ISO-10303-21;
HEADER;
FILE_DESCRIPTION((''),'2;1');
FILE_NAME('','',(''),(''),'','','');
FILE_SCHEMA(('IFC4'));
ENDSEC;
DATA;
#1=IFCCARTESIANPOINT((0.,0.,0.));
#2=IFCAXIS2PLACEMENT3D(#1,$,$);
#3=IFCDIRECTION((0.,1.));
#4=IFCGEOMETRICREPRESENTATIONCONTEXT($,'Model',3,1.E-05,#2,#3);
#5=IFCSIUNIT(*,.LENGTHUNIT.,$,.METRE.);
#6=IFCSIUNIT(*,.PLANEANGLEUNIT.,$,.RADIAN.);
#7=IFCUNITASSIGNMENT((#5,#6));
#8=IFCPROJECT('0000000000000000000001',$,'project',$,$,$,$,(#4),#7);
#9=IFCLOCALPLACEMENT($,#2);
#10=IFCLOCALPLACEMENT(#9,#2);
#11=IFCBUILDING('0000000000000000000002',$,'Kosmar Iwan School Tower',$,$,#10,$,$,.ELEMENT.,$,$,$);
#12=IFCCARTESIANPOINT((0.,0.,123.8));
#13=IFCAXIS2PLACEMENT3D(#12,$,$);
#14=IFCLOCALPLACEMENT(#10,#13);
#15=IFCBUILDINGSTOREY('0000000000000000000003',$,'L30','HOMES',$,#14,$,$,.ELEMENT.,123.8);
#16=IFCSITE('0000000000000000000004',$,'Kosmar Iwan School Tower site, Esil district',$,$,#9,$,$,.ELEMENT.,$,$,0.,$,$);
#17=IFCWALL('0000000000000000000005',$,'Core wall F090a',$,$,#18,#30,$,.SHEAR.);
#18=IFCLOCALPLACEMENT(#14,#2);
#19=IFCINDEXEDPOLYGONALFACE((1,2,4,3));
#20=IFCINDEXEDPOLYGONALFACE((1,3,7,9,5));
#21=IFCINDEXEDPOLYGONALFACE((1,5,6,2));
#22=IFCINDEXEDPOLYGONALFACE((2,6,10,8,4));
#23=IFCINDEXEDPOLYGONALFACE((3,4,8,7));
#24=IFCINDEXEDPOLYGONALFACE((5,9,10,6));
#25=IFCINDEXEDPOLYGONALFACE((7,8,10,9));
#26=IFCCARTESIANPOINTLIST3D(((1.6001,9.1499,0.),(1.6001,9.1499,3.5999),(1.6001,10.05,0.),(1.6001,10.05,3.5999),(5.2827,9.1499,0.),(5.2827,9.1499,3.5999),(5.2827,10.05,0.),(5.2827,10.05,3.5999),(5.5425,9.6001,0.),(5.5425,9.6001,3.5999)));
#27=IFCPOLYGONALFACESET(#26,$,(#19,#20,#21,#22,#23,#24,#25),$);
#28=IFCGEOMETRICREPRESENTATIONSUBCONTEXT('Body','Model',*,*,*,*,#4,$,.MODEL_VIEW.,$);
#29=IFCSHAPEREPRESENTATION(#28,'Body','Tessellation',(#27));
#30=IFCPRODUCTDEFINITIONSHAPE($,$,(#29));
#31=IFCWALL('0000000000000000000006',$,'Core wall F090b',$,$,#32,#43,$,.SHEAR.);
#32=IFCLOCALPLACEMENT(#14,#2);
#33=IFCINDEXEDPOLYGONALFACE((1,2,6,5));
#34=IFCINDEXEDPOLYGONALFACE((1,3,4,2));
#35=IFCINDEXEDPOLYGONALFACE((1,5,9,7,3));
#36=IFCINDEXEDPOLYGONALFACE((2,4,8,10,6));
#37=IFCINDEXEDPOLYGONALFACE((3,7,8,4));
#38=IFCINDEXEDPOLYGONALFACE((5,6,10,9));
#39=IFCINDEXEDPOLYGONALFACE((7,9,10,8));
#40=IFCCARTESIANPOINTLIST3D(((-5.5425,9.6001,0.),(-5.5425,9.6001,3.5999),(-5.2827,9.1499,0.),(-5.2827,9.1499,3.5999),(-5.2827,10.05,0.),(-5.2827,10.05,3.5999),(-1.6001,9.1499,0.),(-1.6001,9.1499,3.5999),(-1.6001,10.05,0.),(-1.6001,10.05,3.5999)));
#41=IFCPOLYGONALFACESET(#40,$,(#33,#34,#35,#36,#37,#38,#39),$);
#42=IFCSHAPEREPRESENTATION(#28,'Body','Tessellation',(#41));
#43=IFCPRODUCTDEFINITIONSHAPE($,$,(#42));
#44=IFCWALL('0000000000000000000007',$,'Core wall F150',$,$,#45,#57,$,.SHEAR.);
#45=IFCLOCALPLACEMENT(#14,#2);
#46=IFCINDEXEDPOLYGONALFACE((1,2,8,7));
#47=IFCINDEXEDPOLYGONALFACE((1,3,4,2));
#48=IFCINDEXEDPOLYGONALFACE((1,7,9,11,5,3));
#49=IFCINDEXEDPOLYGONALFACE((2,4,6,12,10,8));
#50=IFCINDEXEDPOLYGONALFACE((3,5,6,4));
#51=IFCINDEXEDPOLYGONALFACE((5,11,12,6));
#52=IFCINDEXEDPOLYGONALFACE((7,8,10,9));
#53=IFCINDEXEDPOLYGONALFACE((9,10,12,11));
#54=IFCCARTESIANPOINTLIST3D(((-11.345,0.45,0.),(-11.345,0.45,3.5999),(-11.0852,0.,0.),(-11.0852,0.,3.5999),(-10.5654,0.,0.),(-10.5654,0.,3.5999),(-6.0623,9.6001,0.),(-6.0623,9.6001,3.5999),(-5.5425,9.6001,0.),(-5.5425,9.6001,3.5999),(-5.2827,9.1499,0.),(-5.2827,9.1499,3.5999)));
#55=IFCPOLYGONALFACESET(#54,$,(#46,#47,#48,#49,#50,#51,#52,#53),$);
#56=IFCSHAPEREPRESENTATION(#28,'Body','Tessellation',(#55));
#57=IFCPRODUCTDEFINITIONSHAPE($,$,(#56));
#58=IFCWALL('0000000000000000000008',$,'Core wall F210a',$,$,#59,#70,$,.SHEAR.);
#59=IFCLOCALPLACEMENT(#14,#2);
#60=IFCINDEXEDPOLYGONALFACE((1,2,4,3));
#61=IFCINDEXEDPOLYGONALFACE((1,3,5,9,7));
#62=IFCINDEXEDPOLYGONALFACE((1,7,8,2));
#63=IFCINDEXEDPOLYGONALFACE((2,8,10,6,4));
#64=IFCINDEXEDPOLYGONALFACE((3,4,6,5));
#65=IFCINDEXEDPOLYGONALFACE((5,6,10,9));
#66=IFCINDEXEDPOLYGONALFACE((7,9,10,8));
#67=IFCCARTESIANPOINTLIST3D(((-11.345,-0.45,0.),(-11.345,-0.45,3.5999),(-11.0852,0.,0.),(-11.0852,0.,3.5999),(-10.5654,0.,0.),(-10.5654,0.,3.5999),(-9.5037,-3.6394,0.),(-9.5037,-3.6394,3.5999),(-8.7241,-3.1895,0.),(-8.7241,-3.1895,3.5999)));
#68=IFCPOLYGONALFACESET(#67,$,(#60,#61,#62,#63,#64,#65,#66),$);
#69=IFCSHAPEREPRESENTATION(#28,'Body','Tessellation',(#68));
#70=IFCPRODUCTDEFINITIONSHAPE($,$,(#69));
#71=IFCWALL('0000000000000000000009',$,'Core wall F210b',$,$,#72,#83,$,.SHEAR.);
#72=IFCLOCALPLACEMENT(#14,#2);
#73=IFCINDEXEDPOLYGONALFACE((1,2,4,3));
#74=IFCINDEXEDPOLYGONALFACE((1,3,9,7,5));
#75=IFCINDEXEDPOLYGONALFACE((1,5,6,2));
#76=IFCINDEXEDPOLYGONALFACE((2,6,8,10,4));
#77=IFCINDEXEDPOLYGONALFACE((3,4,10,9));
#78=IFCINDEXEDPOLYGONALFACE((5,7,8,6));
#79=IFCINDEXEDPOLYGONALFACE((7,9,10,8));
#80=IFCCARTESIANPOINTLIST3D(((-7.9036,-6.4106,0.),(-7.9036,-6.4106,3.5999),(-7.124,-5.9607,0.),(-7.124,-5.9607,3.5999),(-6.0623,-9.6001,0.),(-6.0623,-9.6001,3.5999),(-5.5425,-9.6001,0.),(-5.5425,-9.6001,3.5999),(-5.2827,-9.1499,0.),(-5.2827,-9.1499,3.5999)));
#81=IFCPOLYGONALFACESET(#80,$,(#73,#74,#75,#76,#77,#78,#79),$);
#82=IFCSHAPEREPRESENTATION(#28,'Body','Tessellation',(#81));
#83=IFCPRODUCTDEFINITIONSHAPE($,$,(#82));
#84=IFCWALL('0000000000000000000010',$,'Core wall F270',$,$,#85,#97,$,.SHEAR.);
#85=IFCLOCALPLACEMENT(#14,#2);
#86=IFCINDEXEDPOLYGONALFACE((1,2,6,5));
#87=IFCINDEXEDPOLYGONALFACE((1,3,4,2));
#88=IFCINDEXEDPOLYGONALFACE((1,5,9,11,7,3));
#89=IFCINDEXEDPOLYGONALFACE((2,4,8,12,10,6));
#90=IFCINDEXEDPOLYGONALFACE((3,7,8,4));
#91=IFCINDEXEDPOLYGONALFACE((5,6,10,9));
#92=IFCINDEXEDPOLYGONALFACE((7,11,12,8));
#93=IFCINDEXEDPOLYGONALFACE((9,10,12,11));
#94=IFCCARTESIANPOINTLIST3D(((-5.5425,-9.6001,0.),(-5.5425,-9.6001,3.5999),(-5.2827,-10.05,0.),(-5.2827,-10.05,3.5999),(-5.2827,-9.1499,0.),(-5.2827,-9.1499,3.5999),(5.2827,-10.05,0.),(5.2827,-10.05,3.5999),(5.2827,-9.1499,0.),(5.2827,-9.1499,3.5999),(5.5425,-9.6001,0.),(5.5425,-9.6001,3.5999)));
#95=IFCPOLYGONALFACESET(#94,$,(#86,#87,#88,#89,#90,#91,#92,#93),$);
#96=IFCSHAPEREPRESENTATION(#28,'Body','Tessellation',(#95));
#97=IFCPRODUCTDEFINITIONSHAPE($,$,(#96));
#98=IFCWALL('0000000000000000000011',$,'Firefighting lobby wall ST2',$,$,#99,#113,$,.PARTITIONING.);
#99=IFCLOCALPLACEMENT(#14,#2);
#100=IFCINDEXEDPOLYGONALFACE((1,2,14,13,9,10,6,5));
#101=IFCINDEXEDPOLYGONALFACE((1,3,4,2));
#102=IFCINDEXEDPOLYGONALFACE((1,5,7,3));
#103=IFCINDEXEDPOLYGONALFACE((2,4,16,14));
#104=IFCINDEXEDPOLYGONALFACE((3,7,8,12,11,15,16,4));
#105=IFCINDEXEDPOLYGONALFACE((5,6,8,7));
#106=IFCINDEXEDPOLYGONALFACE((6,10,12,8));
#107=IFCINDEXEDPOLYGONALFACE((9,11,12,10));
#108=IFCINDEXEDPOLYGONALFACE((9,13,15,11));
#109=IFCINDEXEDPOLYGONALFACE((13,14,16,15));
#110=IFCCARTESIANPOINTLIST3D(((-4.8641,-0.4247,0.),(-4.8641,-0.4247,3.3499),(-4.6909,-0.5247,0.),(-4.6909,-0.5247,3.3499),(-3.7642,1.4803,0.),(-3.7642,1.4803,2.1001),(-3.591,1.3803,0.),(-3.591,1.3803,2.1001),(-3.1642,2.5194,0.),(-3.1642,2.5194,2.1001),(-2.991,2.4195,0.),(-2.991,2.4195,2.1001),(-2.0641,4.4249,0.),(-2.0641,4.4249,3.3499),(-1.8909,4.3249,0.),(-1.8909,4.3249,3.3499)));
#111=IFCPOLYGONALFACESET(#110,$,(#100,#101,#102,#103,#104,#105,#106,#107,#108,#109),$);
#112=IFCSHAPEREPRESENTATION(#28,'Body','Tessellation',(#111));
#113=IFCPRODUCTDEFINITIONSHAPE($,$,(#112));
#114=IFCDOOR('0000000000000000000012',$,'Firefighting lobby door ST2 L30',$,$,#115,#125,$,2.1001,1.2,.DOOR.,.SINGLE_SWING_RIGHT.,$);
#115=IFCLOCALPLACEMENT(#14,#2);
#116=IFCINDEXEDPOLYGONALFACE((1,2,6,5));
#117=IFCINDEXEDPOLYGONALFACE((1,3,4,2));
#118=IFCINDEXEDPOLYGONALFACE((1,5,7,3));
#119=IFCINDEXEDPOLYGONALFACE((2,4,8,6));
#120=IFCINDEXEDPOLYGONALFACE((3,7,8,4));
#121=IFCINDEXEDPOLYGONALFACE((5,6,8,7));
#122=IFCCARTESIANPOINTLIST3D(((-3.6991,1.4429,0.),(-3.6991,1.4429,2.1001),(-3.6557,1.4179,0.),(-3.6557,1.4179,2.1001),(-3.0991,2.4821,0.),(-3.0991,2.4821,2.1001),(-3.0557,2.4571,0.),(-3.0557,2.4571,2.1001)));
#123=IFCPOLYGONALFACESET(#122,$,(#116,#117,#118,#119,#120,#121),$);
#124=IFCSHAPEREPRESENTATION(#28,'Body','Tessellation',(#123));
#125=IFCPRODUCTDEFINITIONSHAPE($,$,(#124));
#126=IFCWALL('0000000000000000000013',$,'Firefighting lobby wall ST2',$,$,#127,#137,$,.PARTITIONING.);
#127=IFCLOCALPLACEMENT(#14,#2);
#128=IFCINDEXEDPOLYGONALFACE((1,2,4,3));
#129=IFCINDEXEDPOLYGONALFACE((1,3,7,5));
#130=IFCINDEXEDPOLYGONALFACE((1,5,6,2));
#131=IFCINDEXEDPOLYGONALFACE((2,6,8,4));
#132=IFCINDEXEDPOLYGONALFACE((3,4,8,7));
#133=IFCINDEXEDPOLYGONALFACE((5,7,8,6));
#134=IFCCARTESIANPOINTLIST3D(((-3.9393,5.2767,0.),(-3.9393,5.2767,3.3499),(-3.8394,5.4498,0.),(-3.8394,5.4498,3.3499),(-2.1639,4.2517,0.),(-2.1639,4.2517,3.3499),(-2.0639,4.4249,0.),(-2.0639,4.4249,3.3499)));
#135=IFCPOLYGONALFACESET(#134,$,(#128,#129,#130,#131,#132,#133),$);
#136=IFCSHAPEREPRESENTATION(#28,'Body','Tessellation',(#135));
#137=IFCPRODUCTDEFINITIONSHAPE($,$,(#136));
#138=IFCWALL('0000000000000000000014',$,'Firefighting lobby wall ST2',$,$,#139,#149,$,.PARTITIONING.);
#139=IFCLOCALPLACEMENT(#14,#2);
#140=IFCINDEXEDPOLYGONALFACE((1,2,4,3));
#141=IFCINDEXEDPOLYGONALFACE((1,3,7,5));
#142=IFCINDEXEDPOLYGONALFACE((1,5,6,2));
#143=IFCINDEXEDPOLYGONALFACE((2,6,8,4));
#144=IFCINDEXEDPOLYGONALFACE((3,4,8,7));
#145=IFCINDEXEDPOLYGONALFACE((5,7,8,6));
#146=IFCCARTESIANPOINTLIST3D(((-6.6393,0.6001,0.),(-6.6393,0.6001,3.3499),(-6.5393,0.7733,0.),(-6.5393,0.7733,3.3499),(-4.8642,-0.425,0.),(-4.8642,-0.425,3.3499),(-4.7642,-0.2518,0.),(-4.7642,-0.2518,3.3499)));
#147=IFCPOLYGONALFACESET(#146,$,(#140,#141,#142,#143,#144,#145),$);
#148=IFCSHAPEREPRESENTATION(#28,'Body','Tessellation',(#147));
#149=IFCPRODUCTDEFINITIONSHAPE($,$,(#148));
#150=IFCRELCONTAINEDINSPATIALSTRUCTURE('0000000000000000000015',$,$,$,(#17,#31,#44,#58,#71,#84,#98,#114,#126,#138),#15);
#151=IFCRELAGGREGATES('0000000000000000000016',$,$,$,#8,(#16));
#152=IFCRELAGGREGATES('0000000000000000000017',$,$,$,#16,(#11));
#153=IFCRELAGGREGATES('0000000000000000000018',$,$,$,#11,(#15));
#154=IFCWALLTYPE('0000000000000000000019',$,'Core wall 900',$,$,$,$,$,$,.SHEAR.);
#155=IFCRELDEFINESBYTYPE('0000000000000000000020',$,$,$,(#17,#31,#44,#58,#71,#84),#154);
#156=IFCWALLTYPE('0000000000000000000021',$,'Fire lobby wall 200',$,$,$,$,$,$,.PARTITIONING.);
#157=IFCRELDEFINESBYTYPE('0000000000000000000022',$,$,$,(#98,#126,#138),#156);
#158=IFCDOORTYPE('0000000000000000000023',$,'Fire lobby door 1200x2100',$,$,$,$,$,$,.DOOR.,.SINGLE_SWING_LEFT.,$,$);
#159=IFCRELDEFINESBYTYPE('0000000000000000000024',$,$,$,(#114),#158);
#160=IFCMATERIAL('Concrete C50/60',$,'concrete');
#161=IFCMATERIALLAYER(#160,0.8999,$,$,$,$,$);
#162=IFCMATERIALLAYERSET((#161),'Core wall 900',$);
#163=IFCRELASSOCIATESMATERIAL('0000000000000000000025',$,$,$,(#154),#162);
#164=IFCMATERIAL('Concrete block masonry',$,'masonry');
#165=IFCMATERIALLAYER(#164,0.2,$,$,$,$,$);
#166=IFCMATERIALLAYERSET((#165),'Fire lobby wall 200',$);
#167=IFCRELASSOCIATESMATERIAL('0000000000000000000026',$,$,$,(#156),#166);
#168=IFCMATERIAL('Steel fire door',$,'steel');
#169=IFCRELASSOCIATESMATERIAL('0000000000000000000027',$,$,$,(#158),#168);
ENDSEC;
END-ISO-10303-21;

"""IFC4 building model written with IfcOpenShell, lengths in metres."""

from ifc_helpers import new_model, si_unit, direction, frame, frame_2d, origin, place, context, subcontext, project, spatial, polyline, rectangle, outline, extrude, material, layer, layer_set, type_object, element, fill, save


model = new_model("IFC4")

# Units and contexts
model_context = context("Model", 3, precision=1e-05, world=origin(), true_north=direction((0.0, 1.0)))
body_context = subcontext(model_context, "Body", "Model", "MODEL_VIEW")
ifc_project = project(units=[si_unit("LENGTHUNIT", "METRE"), si_unit("PLANEANGLEUNIT", "RADIAN")], contexts=[model_context])

# Site, building, storey
site_placement = place(None, origin())
site = spatial("IfcSite", under=ifc_project, at=site_placement, Name="Kosmar Iwan School Tower site, Esil district", CompositionType="ELEMENT", RefElevation=0.0)
building_placement = place(site_placement, origin())
building = spatial("IfcBuilding", under=site, at=building_placement, Name="Kosmar Iwan School Tower", CompositionType="ELEMENT")
storey_placement = place(building_placement, frame((0.0, 0.0, 123.8)))
storey = spatial("IfcBuildingStorey", under=building, at=storey_placement, Name="L30", Description="HOMES", CompositionType="ELEMENT", Elevation=123.8)

# Walls
ifc_material_1 = material(Name="Concrete C50/60", Category="concrete")
ifc_layer_1 = layer(ifc_material_1, 0.8999)
ifc_layer_set_1 = layer_set([ifc_layer_1], Name="Core wall 900")
wall_type_1 = type_object("IfcWallType", Name="Core wall 900", PredefinedType="SHEAR", material=ifc_layer_set_1)
wall_1_placement = place(storey_placement, origin())
element("IfcWall", 1, at=wall_1_placement, inside=storey, type_object=wall_type_1, Name="Core wall F090a", PredefinedType="SHEAR", context=body_context, shape_type="SweptSolid", body=[
    extrude(outline(polyline([(1.6001, 9.1499), (5.2827, 9.1499), (5.5425, 9.6001), (5.2827, 10.05), (1.6001, 10.05), (1.6001, 9.1499)])), origin(), (0.0, 0.0, 1.0), 3.5999),
])
wall_2_placement = place(storey_placement, origin())
element("IfcWall", 2, at=wall_2_placement, inside=storey, type_object=wall_type_1, Name="Core wall F090b", PredefinedType="SHEAR", context=body_context, shape_type="SweptSolid", body=[
    extrude(outline(polyline([(-5.2827, 9.1499), (-1.6001, 9.1499), (-1.6001, 10.05), (-5.2827, 10.05), (-5.5425, 9.6001), (-5.2827, 9.1499)])), origin(), (0.0, 0.0, 1.0), 3.5999),
])
wall_3_placement = place(storey_placement, origin())
element("IfcWall", 3, at=wall_3_placement, inside=storey, type_object=wall_type_1, Name="Core wall F150", PredefinedType="SHEAR", context=body_context, shape_type="SweptSolid", body=[
    extrude(outline(polyline([(-11.0852, 0.0), (-10.5654, 0.0), (-5.2827, 9.1499), (-5.5425, 9.6001), (-6.0623, 9.6001), (-11.345, 0.45), (-11.0852, 0.0)])), origin(), (0.0, 0.0, 1.0), 3.5999),
])
wall_4_placement = place(storey_placement, origin())
element("IfcWall", 4, at=wall_4_placement, inside=storey, type_object=wall_type_1, Name="Core wall F210a", PredefinedType="SHEAR", context=body_context, shape_type="SweptSolid", body=[
    extrude(outline(polyline([(-9.5037, -3.6394), (-8.7241, -3.1895), (-10.5654, 0.0), (-11.0852, 0.0), (-11.345, -0.45), (-9.5037, -3.6394)])), origin(), (0.0, 0.0, 1.0), 3.5999),
])
wall_5_placement = place(storey_placement, origin())
element("IfcWall", 5, at=wall_5_placement, inside=storey, type_object=wall_type_1, Name="Core wall F210b", PredefinedType="SHEAR", context=body_context, shape_type="SweptSolid", body=[
    extrude(outline(polyline([(-6.0623, -9.6001), (-5.5425, -9.6001), (-5.2827, -9.1499), (-7.124, -5.9607), (-7.9036, -6.4106), (-6.0623, -9.6001)])), origin(), (0.0, 0.0, 1.0), 3.5999),
])
wall_6_placement = place(storey_placement, origin())
element("IfcWall", 6, at=wall_6_placement, inside=storey, type_object=wall_type_1, Name="Core wall F270", PredefinedType="SHEAR", context=body_context, shape_type="SweptSolid", body=[
    extrude(outline(polyline([(-5.2827, -10.05), (5.2827, -10.05), (5.5425, -9.6001), (5.2827, -9.1499), (-5.2827, -9.1499), (-5.5425, -9.6001), (-5.2827, -10.05)])), origin(), (0.0, 0.0, 1.0), 3.5999),
])

# Wall, opening, door
ifc_material_2 = material(Name="Concrete block masonry", Category="masonry")
ifc_layer_2 = layer(ifc_material_2, 0.2)
ifc_layer_set_2 = layer_set([ifc_layer_2], Name="Fire lobby wall 200")
wall_type_2 = type_object("IfcWallType", Name="Fire lobby wall 200", PredefinedType="PARTITIONING", material=ifc_layer_set_2)
wall_7_placement = place(storey_placement, frame((-1.9775, 4.3748, 0.0), z_axis=(0.0, 0.0, 1.0), x_axis=(-0.500017, -0.866016, 0.0)))
wall_7 = element("IfcWall", 7, at=wall_7_placement, inside=storey, type_object=wall_type_2, Name="Firefighting lobby wall ST2", PredefinedType="PARTITIONING", context=body_context, shape_type="SweptSolid", body=[
    extrude(rectangle(XDim=5.5999, YDim=0.2, at=frame_2d((2.7998, 0.0))), origin(), (0.0, 0.0, 1.0), 3.3499),
])
opening_1_placement = place(wall_7_placement, frame((2.2, 0.0, 0.0)))
opening_1 = element("IfcOpeningElement", 8, at=opening_1_placement, cuts=wall_7, PredefinedType="OPENING", context=body_context, shape_type="SweptSolid", body=[
    extrude(rectangle(XDim=1.2, YDim=2.1001, at=frame_2d((0.6001, 1.05))), frame((0.0, 0.1121, 0.0), z_axis=(0.0, -1.0, 0.0), x_axis=(1.0, 0.0, 0.0)), (0.0, 0.0, 1.0), 0.2239),
])
ifc_material_3 = material(Name="Steel fire door", Category="steel")
door_type_1 = type_object("IfcDoorType", Name="Fire lobby door 1200x2100", OperationType="SINGLE_SWING_LEFT", PredefinedType="DOOR", material=ifc_material_3)
door_1_placement = place(opening_1_placement, frame((1.2, 0.0, 0.0), z_axis=(0.0, 0.0, 1.0), x_axis=(-1.0, 0.0, 0.0)))
door_1 = element("IfcDoor", 9, at=door_1_placement, inside=storey, type_object=door_type_1, Name="Firefighting lobby door ST2 L30", OperationType="SINGLE_SWING_RIGHT", OverallHeight=2.1001, OverallWidth=1.2, PredefinedType="DOOR", context=body_context, shape_type="SweptSolid", body=[
    extrude(rectangle(XDim=1.2, YDim=2.1001, at=frame_2d((0.6001, 1.05))), frame((0.0, 0.0249, 0.0), z_axis=(0.0, -1.0, 0.0), x_axis=(1.0, 0.0, 0.0)), (0.0, 0.0, 1.0), 0.05),
])
fill(opening_1, door_1)

# Walls
wall_8_placement = place(storey_placement, frame((-2.114, 4.3384, 0.0), z_axis=(0.0, 0.0, 1.0), x_axis=(-0.866051, 0.499956, 0.0)))
element("IfcWall", 10, at=wall_8_placement, inside=storey, type_object=wall_type_2, Name="Firefighting lobby wall ST2", PredefinedType="PARTITIONING", context=body_context, shape_type="SweptSolid", body=[
    extrude(rectangle(XDim=2.05, YDim=0.2, at=frame_2d((1.0249, 0.0))), origin(), (0.0, 0.0, 1.0), 3.3499),
])
wall_9_placement = place(storey_placement, frame((-4.8142, -0.3384, 0.0), z_axis=(0.0, 0.0, 1.0), x_axis=(-0.865969, 0.500097, 0.0)))
element("IfcWall", 11, at=wall_9_placement, inside=storey, type_object=wall_type_2, Name="Firefighting lobby wall ST2", PredefinedType="PARTITIONING", context=body_context, shape_type="SweptSolid", body=[
    extrude(rectangle(XDim=2.0498, YDim=0.2, at=frame_2d((1.0249, 0.0))), origin(), (0.0, 0.0, 1.0), 3.3499),
])

save(model, "model.ifc")
